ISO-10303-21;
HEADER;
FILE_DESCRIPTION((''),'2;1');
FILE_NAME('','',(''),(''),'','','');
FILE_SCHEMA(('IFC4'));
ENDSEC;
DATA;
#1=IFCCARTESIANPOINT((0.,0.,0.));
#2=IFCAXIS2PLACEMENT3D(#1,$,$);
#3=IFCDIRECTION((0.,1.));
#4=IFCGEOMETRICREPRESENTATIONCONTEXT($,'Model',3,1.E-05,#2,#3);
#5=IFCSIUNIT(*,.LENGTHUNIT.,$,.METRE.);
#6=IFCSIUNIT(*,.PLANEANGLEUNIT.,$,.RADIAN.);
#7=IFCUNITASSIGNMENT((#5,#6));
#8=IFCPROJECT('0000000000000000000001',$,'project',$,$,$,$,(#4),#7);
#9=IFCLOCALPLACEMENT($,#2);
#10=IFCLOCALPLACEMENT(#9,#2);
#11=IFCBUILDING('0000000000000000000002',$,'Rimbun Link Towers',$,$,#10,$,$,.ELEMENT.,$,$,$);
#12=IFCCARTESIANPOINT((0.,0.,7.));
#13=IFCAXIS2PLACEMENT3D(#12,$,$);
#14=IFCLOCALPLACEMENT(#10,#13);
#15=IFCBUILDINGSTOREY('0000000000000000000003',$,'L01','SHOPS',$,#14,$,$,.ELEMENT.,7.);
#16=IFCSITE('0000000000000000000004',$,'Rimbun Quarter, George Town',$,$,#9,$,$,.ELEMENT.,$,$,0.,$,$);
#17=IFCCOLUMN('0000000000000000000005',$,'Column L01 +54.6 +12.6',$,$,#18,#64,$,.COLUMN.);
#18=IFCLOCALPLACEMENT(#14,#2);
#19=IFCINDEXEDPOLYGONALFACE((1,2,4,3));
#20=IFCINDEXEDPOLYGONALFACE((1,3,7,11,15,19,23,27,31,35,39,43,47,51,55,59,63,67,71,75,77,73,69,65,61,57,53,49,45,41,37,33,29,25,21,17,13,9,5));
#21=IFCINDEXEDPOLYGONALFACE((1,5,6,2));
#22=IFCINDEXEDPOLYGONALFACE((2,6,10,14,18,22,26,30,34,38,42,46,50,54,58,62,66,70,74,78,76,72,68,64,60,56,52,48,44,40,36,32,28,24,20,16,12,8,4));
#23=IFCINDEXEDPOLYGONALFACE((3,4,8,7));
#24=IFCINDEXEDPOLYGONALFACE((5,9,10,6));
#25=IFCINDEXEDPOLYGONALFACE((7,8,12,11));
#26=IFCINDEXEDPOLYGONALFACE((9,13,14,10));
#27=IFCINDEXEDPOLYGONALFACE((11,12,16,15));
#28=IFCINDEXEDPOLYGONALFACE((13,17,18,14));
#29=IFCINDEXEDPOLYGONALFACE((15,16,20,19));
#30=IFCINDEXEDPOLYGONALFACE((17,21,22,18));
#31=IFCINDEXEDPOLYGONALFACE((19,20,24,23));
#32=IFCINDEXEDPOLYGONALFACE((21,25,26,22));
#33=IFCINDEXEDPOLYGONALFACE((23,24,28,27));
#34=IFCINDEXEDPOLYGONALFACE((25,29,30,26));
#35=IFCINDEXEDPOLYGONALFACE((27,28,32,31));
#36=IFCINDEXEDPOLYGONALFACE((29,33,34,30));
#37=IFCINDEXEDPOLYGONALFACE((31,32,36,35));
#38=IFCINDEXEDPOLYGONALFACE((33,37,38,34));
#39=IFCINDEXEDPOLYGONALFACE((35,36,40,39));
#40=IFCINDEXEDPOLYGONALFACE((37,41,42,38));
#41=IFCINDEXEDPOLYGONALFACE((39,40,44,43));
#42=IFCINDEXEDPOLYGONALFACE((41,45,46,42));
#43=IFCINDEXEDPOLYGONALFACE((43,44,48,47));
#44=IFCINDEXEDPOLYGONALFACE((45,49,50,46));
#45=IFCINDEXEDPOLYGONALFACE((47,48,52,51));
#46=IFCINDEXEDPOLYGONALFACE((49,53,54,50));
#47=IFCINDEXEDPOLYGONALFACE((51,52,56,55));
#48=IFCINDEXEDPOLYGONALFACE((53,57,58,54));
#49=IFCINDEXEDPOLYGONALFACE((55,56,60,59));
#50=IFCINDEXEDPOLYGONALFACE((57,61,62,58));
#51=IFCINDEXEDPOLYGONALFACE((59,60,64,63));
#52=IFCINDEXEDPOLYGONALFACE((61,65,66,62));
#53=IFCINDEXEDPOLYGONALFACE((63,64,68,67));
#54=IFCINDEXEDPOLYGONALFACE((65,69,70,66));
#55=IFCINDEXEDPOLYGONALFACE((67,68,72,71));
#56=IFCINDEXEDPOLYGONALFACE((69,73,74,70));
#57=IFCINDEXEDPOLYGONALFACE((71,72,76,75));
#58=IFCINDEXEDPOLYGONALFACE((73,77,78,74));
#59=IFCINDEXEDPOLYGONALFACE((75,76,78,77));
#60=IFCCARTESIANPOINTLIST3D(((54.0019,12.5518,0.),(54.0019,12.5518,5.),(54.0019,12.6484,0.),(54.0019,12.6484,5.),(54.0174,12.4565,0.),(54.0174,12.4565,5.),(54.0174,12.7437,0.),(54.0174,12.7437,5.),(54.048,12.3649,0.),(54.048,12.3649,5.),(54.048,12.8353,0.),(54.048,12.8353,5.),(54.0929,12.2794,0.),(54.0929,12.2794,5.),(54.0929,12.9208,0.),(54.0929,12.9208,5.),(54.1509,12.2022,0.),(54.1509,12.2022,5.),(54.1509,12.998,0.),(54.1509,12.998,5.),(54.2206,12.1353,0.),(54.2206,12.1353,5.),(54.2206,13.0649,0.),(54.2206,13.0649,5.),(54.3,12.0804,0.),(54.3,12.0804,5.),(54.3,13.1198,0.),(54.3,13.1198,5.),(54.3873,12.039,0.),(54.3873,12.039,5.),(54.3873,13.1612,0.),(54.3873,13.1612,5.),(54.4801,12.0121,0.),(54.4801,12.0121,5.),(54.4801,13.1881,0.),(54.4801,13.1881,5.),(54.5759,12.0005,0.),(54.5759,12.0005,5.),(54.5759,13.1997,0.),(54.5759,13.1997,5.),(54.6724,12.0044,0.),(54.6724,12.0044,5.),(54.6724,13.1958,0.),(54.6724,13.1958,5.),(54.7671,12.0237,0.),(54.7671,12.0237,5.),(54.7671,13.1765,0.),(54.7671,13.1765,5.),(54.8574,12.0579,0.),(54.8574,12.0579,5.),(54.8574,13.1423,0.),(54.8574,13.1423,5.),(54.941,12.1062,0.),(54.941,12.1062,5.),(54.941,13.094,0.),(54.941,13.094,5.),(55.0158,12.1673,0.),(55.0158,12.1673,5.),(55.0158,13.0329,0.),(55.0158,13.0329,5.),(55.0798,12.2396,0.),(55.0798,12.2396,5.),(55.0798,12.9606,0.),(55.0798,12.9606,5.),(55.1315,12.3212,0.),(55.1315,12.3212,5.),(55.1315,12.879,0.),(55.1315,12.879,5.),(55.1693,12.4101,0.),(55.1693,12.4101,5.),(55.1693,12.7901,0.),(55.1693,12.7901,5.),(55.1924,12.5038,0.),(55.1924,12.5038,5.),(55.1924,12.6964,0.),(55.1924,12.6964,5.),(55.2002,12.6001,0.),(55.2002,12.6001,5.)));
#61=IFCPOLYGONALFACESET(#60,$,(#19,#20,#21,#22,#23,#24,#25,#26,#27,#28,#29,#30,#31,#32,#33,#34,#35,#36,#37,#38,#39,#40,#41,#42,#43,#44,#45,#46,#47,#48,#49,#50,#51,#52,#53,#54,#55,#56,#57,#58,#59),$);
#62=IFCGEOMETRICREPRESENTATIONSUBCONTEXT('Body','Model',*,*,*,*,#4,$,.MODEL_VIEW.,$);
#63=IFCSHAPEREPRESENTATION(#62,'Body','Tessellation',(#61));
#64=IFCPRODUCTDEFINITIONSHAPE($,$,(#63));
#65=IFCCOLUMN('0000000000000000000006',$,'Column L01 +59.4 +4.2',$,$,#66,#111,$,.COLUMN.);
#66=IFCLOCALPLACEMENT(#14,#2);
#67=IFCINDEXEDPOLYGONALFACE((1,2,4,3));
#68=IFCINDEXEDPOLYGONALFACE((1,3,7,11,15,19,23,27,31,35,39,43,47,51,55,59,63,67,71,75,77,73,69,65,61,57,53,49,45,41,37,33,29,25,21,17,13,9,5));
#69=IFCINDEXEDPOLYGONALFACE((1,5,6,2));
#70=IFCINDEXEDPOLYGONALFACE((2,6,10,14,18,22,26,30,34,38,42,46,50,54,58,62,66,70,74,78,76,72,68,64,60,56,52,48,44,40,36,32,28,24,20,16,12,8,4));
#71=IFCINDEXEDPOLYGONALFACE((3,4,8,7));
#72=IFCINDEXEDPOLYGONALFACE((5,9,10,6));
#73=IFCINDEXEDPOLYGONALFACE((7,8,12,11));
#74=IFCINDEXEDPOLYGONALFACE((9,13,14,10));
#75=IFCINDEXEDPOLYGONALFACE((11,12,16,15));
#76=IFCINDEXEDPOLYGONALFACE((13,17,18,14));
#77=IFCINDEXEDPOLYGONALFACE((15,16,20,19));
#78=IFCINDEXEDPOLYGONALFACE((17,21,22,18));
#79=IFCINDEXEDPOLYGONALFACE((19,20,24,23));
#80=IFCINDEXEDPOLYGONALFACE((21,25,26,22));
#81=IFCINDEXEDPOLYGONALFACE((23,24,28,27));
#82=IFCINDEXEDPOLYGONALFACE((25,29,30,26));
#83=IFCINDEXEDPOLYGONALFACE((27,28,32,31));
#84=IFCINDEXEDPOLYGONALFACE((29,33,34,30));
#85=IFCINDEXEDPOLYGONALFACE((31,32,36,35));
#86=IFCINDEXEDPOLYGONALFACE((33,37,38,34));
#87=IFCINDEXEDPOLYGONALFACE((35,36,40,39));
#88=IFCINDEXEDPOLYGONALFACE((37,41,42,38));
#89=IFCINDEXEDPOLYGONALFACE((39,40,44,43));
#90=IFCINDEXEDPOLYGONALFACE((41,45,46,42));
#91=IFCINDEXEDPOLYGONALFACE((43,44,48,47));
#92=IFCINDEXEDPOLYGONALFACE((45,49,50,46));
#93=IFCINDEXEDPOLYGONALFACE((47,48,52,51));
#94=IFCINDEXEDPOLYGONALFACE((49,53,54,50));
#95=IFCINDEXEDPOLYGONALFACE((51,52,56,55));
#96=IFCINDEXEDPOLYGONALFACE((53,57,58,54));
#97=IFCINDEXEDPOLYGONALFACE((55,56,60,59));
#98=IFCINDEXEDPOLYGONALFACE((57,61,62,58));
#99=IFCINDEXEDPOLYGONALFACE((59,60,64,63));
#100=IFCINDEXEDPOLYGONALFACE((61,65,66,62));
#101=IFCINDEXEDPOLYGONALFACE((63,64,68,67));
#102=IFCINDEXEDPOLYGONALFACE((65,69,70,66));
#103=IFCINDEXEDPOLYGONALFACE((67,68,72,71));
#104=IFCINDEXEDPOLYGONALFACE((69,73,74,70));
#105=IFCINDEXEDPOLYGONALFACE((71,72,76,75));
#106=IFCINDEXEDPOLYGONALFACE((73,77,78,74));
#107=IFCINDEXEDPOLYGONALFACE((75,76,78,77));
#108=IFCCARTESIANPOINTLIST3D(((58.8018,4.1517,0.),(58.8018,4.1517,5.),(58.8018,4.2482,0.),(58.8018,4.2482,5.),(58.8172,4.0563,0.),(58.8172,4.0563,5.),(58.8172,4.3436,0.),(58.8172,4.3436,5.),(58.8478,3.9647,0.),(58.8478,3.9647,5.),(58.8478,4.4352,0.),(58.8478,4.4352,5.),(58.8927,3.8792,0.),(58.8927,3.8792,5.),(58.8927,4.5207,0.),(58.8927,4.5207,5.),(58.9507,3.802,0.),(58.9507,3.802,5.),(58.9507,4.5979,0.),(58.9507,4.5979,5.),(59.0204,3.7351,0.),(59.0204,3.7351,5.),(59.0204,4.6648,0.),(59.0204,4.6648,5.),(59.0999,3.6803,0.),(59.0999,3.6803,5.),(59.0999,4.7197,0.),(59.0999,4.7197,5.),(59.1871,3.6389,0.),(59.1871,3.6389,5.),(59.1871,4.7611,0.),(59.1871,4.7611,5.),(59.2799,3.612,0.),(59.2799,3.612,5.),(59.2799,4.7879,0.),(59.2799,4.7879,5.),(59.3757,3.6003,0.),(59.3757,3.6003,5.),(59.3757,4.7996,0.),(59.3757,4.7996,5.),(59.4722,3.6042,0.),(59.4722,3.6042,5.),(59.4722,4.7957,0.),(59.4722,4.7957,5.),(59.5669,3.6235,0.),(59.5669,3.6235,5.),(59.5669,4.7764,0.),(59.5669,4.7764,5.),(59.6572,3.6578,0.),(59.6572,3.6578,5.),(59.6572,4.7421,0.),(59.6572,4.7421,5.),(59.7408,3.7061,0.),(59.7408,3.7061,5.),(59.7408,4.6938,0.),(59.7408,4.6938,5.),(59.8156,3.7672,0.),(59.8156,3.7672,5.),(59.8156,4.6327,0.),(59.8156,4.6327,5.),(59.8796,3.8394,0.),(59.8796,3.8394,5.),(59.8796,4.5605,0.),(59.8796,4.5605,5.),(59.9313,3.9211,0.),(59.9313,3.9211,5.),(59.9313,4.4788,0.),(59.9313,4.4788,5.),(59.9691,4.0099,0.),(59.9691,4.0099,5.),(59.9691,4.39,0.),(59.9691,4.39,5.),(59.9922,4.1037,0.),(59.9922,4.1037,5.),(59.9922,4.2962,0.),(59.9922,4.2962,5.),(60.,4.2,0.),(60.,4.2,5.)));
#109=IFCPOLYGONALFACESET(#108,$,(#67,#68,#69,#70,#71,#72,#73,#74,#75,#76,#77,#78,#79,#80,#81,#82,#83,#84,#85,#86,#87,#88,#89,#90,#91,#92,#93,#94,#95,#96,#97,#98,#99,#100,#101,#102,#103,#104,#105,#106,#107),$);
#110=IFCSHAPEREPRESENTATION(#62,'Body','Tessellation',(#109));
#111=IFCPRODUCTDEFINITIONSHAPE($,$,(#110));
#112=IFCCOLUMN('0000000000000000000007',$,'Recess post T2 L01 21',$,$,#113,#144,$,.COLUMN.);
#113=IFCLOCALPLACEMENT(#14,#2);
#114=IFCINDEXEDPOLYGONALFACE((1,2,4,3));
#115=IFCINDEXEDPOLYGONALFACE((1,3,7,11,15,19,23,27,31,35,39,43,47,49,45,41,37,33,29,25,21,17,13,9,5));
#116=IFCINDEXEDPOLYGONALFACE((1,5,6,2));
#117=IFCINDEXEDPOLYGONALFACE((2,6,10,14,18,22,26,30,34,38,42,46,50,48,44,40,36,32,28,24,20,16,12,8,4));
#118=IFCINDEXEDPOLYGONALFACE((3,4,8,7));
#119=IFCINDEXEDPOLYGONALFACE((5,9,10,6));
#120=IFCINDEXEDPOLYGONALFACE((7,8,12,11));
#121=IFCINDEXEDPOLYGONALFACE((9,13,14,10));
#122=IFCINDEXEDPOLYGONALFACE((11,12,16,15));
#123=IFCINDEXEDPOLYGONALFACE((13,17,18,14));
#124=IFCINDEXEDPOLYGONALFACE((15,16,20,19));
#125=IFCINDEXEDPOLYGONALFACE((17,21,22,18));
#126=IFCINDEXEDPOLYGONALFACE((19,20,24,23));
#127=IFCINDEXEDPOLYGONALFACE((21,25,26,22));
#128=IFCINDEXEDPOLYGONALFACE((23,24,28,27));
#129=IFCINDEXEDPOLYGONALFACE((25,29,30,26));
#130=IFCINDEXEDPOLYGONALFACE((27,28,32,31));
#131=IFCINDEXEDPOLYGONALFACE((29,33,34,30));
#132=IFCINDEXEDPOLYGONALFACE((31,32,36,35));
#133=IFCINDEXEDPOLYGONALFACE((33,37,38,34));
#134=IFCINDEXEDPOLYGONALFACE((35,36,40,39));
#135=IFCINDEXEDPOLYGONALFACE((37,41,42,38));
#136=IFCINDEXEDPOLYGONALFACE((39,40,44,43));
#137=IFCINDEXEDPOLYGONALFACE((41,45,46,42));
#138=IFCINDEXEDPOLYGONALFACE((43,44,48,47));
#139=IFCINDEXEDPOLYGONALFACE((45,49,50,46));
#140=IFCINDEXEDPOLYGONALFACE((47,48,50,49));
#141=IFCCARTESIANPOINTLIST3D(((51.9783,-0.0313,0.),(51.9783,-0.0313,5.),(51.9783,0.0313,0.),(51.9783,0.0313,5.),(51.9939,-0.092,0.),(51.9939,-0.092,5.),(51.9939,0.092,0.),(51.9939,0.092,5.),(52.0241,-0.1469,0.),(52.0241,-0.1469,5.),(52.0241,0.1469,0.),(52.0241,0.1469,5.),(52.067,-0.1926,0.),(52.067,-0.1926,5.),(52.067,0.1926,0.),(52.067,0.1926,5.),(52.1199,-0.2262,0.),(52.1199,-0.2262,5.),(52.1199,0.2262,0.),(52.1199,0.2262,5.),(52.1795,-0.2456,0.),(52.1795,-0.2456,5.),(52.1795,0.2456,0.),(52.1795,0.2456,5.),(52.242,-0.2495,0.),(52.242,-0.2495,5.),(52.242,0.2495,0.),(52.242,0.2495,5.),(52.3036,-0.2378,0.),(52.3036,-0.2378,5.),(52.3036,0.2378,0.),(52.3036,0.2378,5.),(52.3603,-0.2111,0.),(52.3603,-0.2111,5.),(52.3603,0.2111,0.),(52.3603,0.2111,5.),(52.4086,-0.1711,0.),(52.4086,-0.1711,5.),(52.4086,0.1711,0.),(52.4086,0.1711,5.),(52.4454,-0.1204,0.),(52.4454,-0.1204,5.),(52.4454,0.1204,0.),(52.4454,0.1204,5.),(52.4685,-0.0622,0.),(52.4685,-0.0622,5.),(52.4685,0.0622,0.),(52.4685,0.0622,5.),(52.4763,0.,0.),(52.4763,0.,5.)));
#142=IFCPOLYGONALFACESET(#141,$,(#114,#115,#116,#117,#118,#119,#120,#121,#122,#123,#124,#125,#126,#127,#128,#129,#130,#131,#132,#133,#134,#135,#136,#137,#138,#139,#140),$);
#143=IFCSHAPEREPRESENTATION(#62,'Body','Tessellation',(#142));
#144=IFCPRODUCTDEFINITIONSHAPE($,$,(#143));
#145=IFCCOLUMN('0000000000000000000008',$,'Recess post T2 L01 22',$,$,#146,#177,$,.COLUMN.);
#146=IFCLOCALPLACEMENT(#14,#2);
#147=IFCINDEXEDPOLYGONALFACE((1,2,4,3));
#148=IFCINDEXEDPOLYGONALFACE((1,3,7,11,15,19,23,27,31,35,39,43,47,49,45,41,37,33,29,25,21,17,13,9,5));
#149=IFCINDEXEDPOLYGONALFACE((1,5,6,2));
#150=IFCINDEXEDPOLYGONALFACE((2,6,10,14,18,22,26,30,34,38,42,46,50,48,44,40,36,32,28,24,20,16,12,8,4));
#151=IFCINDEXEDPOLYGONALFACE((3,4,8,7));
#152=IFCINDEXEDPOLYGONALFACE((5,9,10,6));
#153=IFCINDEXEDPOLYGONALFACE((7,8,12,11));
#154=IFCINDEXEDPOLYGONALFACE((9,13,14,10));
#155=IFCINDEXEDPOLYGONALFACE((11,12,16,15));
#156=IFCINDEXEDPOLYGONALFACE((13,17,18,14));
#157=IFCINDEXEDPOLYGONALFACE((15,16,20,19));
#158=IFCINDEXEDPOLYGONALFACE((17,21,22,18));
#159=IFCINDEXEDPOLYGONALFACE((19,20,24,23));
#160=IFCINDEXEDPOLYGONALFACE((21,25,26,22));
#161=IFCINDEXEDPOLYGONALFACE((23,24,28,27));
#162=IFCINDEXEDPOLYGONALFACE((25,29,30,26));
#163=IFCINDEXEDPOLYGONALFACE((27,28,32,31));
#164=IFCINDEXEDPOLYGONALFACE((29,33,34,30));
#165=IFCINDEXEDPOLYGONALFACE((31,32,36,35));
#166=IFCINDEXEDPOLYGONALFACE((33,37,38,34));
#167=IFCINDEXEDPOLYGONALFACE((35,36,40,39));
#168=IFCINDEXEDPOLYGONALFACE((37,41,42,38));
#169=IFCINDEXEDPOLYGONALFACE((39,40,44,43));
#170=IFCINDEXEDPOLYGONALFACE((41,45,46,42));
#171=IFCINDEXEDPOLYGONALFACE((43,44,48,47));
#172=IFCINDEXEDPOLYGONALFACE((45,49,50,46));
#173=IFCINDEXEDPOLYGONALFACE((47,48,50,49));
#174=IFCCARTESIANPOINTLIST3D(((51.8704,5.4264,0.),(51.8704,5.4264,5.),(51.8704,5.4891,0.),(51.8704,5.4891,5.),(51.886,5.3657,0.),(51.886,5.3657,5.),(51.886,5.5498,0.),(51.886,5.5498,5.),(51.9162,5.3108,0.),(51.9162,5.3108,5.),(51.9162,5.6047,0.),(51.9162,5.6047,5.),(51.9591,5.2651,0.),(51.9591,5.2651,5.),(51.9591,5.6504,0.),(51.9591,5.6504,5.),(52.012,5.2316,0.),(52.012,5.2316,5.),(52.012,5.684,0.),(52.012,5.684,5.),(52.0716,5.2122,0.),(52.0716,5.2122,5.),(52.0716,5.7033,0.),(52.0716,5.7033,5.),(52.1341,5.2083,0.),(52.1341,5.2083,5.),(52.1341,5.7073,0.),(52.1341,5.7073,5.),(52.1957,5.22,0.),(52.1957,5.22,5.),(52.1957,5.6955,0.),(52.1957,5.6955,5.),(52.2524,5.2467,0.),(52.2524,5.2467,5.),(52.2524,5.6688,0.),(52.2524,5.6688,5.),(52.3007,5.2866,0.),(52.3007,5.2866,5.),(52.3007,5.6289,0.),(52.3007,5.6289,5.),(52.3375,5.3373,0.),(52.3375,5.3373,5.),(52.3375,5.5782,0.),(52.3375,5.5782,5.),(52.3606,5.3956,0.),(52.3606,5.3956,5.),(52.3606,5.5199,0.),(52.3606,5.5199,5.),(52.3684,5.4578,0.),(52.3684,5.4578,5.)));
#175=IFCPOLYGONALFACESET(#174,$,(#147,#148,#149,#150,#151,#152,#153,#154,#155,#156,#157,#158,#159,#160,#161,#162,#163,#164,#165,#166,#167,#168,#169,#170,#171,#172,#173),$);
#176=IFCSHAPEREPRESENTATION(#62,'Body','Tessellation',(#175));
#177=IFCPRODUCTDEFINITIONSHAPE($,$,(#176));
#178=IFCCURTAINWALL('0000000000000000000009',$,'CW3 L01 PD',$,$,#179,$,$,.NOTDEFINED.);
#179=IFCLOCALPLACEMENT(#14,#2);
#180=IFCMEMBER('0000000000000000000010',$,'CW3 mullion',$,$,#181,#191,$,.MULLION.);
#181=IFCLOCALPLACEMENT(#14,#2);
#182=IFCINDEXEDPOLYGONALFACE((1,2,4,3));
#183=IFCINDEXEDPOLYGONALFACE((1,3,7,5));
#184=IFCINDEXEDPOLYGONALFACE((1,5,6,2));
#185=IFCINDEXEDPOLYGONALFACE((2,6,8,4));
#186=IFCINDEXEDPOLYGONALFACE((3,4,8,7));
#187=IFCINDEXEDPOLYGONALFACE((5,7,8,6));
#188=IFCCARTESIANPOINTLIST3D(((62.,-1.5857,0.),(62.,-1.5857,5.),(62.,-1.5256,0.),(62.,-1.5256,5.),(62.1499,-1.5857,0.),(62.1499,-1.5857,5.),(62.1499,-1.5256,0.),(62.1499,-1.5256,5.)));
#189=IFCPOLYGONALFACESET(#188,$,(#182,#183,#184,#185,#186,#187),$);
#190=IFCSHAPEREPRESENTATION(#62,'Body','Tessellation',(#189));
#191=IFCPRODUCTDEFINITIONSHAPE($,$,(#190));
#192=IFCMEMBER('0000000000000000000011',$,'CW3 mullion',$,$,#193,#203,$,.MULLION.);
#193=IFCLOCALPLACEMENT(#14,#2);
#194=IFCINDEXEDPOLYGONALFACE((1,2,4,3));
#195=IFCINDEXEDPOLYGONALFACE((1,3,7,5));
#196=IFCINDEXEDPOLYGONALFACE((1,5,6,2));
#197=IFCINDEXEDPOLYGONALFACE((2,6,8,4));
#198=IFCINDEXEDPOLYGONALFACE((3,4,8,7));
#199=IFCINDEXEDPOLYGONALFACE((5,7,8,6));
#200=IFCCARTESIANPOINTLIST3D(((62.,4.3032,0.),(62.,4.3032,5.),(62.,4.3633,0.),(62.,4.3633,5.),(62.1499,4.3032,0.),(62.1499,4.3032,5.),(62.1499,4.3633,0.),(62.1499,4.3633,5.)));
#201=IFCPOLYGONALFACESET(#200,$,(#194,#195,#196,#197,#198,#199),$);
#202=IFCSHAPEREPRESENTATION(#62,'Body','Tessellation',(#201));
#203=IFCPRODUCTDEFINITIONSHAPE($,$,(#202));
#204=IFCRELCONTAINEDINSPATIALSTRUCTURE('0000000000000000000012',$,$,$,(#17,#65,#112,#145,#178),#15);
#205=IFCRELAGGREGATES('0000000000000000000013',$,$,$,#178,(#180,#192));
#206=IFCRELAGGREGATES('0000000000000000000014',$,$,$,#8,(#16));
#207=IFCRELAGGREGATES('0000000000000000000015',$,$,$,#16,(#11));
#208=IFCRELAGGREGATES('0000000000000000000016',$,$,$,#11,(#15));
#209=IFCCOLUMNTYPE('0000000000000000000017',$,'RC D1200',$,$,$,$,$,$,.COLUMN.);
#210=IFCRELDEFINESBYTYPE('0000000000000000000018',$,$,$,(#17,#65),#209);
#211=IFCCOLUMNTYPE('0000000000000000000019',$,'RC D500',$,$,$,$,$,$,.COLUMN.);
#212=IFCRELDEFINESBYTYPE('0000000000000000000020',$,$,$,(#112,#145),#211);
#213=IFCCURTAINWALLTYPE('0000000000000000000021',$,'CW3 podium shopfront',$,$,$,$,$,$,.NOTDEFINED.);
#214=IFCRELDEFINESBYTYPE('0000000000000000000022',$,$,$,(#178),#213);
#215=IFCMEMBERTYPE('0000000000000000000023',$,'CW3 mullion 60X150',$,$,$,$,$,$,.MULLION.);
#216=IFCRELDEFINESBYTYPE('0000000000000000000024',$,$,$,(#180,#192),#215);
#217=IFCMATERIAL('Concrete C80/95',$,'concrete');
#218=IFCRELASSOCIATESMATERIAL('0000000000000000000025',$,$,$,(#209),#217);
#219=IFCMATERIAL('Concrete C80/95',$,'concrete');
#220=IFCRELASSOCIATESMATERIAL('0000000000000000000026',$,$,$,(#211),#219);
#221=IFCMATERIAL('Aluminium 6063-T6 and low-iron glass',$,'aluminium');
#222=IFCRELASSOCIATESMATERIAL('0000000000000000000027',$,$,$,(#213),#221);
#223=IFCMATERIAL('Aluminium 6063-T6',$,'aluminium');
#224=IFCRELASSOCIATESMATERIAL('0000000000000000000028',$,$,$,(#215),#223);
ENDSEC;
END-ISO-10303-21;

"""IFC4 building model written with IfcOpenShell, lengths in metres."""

from ifc_helpers import new_model, si_unit, direction, frame, origin, origin_2d, place, context, subcontext, project, spatial, rectangle, circle, extrude, material, material_profile, profile_set, type_object, element, aggregate, save


model = new_model("IFC4")

# Units and contexts
model_context = context("Model", 3, precision=1e-05, world=origin(), true_north=direction((0.0, 1.0)))
body_context = subcontext(model_context, "Body", "Model", "MODEL_VIEW")
ifc_project = project(units=[si_unit("LENGTHUNIT", "METRE"), si_unit("PLANEANGLEUNIT", "RADIAN")], contexts=[model_context])

# Site, building, storey
site_placement = place(None, origin())
site = spatial("IfcSite", under=ifc_project, at=site_placement, Name="Rimbun Quarter, George Town", CompositionType="ELEMENT", RefElevation=0.0)
building_placement = place(site_placement, origin())
building = spatial("IfcBuilding", under=site, at=building_placement, Name="Rimbun Link Towers", CompositionType="ELEMENT")
storey_placement = place(building_placement, frame((0.0, 0.0, 7.0)))
storey = spatial("IfcBuildingStorey", under=building, at=storey_placement, Name="L01", Description="SHOPS", CompositionType="ELEMENT", Elevation=7.0)

# Columns
ifc_material_1 = material(Name="Concrete C80/95", Category="concrete")
ifc_material_profile_1 = material_profile(ifc_material_1, circle(Radius=0.6001, at=origin_2d()), Name="RC D1200")
ifc_profile_set_1 = profile_set([ifc_material_profile_1], Name="Concrete C80/95")
column_type_1 = type_object("IfcColumnType", Name="RC D1200", PredefinedType="COLUMN", material=ifc_profile_set_1)
for number, where, z_axis, x_axis, name in (
    (1, (54.6001, 12.6001, 0.0), (0.0, 0.0, 1.0), (1.0, 0.0, 0.0), "Column L01 +54.6 +12.6"),
    (2, (59.3999, 4.2, 0.0), (0.0, 0.0, 1.0), (1.0, 0.0, 0.0), "Column L01 +59.4 +4.2"),
):
    element("IfcColumn", number, at=place(storey_placement, frame(where, z_axis=z_axis, x_axis=x_axis)), inside=storey, type_object=column_type_1, Name=name, PredefinedType="COLUMN", context=body_context, shape_type="SweptSolid", body=[
        extrude(circle(Radius=0.6001, at=origin_2d()), origin(), (0.0, 0.0, 1.0), 5.0),
    ])
ifc_material_2 = material(Name="Concrete C80/95", Category="concrete")
ifc_material_profile_2 = material_profile(ifc_material_2, circle(Radius=0.25, at=origin_2d()), Name="RC D500")
ifc_profile_set_2 = profile_set([ifc_material_profile_2], Name="Concrete C80/95")
column_type_2 = type_object("IfcColumnType", Name="RC D500", PredefinedType="COLUMN", material=ifc_profile_set_2)
for number, where, z_axis, x_axis, name in (
    (3, (52.2263, 0.0, 0.0), (0.0, 0.0, 1.0), (1.0, 0.0, 0.0), "Recess post T2 L01 21"),
    (4, (52.1184, 5.4578, 0.0), (0.0, 0.0, 1.0), (1.0, 0.0, 0.0), "Recess post T2 L01 22"),
):
    element("IfcColumn", number, at=place(storey_placement, frame(where, z_axis=z_axis, x_axis=x_axis)), inside=storey, type_object=column_type_2, Name=name, PredefinedType="COLUMN", context=body_context, shape_type="SweptSolid", body=[
        extrude(circle(Radius=0.25, at=origin_2d()), origin(), (0.0, 0.0, 1.0), 5.0),
    ])

# Curtain wall, members
ifc_material_3 = material(Name="Aluminium 6063-T6 and low-iron glass", Category="aluminium")
curtain_wall_type = type_object("IfcCurtainWallType", Name="CW3 podium shopfront", PredefinedType="NOTDEFINED", material=ifc_material_3)
curtain_wall_placement = place(storey_placement, origin())
curtain_wall = element("IfcCurtainWall", 5, at=curtain_wall_placement, inside=storey, type_object=curtain_wall_type, Name="CW3 L01 PD", PredefinedType="NOTDEFINED")
ifc_material_4 = material(Name="Aluminium 6063-T6", Category="aluminium")
ifc_material_profile_3 = material_profile(ifc_material_4, rectangle(XDim=0.1499, YDim=0.0601, at=origin_2d()), Name="MULLION 60X150")
ifc_profile_set_3 = profile_set([ifc_material_profile_3], Name="Aluminium 6063-T6")
member_type_1 = type_object("IfcMemberType", Name="CW3 mullion 60X150", PredefinedType="MULLION", material=ifc_profile_set_3)
member_1_placement = place(storey_placement, frame((62.075, -1.5557, 0.0), z_axis=(0.0, 0.0, 1.0), x_axis=(1.0, 0.0, 0.0)))
member_1 = element("IfcMember", 6, at=member_1_placement, type_object=member_type_1, Name="CW3 mullion", PredefinedType="MULLION", context=body_context, shape_type="SweptSolid", body=[
    extrude(rectangle(XDim=0.1499, YDim=0.0601, at=origin_2d()), origin(), (0.0, 0.0, 1.0), 5.0),
])
member_2_placement = place(storey_placement, frame((62.075, 4.3333, 0.0), z_axis=(0.0, 0.0, 1.0), x_axis=(1.0, 0.0, 0.0)))
member_2 = element("IfcMember", 7, at=member_2_placement, type_object=member_type_1, Name="CW3 mullion", PredefinedType="MULLION", context=body_context, shape_type="SweptSolid", body=[
    extrude(rectangle(XDim=0.1499, YDim=0.0601, at=origin_2d()), origin(), (0.0, 0.0, 1.0), 5.0),
])

aggregate(curtain_wall, [member_1, member_2])

save(model, "model.ifc")
